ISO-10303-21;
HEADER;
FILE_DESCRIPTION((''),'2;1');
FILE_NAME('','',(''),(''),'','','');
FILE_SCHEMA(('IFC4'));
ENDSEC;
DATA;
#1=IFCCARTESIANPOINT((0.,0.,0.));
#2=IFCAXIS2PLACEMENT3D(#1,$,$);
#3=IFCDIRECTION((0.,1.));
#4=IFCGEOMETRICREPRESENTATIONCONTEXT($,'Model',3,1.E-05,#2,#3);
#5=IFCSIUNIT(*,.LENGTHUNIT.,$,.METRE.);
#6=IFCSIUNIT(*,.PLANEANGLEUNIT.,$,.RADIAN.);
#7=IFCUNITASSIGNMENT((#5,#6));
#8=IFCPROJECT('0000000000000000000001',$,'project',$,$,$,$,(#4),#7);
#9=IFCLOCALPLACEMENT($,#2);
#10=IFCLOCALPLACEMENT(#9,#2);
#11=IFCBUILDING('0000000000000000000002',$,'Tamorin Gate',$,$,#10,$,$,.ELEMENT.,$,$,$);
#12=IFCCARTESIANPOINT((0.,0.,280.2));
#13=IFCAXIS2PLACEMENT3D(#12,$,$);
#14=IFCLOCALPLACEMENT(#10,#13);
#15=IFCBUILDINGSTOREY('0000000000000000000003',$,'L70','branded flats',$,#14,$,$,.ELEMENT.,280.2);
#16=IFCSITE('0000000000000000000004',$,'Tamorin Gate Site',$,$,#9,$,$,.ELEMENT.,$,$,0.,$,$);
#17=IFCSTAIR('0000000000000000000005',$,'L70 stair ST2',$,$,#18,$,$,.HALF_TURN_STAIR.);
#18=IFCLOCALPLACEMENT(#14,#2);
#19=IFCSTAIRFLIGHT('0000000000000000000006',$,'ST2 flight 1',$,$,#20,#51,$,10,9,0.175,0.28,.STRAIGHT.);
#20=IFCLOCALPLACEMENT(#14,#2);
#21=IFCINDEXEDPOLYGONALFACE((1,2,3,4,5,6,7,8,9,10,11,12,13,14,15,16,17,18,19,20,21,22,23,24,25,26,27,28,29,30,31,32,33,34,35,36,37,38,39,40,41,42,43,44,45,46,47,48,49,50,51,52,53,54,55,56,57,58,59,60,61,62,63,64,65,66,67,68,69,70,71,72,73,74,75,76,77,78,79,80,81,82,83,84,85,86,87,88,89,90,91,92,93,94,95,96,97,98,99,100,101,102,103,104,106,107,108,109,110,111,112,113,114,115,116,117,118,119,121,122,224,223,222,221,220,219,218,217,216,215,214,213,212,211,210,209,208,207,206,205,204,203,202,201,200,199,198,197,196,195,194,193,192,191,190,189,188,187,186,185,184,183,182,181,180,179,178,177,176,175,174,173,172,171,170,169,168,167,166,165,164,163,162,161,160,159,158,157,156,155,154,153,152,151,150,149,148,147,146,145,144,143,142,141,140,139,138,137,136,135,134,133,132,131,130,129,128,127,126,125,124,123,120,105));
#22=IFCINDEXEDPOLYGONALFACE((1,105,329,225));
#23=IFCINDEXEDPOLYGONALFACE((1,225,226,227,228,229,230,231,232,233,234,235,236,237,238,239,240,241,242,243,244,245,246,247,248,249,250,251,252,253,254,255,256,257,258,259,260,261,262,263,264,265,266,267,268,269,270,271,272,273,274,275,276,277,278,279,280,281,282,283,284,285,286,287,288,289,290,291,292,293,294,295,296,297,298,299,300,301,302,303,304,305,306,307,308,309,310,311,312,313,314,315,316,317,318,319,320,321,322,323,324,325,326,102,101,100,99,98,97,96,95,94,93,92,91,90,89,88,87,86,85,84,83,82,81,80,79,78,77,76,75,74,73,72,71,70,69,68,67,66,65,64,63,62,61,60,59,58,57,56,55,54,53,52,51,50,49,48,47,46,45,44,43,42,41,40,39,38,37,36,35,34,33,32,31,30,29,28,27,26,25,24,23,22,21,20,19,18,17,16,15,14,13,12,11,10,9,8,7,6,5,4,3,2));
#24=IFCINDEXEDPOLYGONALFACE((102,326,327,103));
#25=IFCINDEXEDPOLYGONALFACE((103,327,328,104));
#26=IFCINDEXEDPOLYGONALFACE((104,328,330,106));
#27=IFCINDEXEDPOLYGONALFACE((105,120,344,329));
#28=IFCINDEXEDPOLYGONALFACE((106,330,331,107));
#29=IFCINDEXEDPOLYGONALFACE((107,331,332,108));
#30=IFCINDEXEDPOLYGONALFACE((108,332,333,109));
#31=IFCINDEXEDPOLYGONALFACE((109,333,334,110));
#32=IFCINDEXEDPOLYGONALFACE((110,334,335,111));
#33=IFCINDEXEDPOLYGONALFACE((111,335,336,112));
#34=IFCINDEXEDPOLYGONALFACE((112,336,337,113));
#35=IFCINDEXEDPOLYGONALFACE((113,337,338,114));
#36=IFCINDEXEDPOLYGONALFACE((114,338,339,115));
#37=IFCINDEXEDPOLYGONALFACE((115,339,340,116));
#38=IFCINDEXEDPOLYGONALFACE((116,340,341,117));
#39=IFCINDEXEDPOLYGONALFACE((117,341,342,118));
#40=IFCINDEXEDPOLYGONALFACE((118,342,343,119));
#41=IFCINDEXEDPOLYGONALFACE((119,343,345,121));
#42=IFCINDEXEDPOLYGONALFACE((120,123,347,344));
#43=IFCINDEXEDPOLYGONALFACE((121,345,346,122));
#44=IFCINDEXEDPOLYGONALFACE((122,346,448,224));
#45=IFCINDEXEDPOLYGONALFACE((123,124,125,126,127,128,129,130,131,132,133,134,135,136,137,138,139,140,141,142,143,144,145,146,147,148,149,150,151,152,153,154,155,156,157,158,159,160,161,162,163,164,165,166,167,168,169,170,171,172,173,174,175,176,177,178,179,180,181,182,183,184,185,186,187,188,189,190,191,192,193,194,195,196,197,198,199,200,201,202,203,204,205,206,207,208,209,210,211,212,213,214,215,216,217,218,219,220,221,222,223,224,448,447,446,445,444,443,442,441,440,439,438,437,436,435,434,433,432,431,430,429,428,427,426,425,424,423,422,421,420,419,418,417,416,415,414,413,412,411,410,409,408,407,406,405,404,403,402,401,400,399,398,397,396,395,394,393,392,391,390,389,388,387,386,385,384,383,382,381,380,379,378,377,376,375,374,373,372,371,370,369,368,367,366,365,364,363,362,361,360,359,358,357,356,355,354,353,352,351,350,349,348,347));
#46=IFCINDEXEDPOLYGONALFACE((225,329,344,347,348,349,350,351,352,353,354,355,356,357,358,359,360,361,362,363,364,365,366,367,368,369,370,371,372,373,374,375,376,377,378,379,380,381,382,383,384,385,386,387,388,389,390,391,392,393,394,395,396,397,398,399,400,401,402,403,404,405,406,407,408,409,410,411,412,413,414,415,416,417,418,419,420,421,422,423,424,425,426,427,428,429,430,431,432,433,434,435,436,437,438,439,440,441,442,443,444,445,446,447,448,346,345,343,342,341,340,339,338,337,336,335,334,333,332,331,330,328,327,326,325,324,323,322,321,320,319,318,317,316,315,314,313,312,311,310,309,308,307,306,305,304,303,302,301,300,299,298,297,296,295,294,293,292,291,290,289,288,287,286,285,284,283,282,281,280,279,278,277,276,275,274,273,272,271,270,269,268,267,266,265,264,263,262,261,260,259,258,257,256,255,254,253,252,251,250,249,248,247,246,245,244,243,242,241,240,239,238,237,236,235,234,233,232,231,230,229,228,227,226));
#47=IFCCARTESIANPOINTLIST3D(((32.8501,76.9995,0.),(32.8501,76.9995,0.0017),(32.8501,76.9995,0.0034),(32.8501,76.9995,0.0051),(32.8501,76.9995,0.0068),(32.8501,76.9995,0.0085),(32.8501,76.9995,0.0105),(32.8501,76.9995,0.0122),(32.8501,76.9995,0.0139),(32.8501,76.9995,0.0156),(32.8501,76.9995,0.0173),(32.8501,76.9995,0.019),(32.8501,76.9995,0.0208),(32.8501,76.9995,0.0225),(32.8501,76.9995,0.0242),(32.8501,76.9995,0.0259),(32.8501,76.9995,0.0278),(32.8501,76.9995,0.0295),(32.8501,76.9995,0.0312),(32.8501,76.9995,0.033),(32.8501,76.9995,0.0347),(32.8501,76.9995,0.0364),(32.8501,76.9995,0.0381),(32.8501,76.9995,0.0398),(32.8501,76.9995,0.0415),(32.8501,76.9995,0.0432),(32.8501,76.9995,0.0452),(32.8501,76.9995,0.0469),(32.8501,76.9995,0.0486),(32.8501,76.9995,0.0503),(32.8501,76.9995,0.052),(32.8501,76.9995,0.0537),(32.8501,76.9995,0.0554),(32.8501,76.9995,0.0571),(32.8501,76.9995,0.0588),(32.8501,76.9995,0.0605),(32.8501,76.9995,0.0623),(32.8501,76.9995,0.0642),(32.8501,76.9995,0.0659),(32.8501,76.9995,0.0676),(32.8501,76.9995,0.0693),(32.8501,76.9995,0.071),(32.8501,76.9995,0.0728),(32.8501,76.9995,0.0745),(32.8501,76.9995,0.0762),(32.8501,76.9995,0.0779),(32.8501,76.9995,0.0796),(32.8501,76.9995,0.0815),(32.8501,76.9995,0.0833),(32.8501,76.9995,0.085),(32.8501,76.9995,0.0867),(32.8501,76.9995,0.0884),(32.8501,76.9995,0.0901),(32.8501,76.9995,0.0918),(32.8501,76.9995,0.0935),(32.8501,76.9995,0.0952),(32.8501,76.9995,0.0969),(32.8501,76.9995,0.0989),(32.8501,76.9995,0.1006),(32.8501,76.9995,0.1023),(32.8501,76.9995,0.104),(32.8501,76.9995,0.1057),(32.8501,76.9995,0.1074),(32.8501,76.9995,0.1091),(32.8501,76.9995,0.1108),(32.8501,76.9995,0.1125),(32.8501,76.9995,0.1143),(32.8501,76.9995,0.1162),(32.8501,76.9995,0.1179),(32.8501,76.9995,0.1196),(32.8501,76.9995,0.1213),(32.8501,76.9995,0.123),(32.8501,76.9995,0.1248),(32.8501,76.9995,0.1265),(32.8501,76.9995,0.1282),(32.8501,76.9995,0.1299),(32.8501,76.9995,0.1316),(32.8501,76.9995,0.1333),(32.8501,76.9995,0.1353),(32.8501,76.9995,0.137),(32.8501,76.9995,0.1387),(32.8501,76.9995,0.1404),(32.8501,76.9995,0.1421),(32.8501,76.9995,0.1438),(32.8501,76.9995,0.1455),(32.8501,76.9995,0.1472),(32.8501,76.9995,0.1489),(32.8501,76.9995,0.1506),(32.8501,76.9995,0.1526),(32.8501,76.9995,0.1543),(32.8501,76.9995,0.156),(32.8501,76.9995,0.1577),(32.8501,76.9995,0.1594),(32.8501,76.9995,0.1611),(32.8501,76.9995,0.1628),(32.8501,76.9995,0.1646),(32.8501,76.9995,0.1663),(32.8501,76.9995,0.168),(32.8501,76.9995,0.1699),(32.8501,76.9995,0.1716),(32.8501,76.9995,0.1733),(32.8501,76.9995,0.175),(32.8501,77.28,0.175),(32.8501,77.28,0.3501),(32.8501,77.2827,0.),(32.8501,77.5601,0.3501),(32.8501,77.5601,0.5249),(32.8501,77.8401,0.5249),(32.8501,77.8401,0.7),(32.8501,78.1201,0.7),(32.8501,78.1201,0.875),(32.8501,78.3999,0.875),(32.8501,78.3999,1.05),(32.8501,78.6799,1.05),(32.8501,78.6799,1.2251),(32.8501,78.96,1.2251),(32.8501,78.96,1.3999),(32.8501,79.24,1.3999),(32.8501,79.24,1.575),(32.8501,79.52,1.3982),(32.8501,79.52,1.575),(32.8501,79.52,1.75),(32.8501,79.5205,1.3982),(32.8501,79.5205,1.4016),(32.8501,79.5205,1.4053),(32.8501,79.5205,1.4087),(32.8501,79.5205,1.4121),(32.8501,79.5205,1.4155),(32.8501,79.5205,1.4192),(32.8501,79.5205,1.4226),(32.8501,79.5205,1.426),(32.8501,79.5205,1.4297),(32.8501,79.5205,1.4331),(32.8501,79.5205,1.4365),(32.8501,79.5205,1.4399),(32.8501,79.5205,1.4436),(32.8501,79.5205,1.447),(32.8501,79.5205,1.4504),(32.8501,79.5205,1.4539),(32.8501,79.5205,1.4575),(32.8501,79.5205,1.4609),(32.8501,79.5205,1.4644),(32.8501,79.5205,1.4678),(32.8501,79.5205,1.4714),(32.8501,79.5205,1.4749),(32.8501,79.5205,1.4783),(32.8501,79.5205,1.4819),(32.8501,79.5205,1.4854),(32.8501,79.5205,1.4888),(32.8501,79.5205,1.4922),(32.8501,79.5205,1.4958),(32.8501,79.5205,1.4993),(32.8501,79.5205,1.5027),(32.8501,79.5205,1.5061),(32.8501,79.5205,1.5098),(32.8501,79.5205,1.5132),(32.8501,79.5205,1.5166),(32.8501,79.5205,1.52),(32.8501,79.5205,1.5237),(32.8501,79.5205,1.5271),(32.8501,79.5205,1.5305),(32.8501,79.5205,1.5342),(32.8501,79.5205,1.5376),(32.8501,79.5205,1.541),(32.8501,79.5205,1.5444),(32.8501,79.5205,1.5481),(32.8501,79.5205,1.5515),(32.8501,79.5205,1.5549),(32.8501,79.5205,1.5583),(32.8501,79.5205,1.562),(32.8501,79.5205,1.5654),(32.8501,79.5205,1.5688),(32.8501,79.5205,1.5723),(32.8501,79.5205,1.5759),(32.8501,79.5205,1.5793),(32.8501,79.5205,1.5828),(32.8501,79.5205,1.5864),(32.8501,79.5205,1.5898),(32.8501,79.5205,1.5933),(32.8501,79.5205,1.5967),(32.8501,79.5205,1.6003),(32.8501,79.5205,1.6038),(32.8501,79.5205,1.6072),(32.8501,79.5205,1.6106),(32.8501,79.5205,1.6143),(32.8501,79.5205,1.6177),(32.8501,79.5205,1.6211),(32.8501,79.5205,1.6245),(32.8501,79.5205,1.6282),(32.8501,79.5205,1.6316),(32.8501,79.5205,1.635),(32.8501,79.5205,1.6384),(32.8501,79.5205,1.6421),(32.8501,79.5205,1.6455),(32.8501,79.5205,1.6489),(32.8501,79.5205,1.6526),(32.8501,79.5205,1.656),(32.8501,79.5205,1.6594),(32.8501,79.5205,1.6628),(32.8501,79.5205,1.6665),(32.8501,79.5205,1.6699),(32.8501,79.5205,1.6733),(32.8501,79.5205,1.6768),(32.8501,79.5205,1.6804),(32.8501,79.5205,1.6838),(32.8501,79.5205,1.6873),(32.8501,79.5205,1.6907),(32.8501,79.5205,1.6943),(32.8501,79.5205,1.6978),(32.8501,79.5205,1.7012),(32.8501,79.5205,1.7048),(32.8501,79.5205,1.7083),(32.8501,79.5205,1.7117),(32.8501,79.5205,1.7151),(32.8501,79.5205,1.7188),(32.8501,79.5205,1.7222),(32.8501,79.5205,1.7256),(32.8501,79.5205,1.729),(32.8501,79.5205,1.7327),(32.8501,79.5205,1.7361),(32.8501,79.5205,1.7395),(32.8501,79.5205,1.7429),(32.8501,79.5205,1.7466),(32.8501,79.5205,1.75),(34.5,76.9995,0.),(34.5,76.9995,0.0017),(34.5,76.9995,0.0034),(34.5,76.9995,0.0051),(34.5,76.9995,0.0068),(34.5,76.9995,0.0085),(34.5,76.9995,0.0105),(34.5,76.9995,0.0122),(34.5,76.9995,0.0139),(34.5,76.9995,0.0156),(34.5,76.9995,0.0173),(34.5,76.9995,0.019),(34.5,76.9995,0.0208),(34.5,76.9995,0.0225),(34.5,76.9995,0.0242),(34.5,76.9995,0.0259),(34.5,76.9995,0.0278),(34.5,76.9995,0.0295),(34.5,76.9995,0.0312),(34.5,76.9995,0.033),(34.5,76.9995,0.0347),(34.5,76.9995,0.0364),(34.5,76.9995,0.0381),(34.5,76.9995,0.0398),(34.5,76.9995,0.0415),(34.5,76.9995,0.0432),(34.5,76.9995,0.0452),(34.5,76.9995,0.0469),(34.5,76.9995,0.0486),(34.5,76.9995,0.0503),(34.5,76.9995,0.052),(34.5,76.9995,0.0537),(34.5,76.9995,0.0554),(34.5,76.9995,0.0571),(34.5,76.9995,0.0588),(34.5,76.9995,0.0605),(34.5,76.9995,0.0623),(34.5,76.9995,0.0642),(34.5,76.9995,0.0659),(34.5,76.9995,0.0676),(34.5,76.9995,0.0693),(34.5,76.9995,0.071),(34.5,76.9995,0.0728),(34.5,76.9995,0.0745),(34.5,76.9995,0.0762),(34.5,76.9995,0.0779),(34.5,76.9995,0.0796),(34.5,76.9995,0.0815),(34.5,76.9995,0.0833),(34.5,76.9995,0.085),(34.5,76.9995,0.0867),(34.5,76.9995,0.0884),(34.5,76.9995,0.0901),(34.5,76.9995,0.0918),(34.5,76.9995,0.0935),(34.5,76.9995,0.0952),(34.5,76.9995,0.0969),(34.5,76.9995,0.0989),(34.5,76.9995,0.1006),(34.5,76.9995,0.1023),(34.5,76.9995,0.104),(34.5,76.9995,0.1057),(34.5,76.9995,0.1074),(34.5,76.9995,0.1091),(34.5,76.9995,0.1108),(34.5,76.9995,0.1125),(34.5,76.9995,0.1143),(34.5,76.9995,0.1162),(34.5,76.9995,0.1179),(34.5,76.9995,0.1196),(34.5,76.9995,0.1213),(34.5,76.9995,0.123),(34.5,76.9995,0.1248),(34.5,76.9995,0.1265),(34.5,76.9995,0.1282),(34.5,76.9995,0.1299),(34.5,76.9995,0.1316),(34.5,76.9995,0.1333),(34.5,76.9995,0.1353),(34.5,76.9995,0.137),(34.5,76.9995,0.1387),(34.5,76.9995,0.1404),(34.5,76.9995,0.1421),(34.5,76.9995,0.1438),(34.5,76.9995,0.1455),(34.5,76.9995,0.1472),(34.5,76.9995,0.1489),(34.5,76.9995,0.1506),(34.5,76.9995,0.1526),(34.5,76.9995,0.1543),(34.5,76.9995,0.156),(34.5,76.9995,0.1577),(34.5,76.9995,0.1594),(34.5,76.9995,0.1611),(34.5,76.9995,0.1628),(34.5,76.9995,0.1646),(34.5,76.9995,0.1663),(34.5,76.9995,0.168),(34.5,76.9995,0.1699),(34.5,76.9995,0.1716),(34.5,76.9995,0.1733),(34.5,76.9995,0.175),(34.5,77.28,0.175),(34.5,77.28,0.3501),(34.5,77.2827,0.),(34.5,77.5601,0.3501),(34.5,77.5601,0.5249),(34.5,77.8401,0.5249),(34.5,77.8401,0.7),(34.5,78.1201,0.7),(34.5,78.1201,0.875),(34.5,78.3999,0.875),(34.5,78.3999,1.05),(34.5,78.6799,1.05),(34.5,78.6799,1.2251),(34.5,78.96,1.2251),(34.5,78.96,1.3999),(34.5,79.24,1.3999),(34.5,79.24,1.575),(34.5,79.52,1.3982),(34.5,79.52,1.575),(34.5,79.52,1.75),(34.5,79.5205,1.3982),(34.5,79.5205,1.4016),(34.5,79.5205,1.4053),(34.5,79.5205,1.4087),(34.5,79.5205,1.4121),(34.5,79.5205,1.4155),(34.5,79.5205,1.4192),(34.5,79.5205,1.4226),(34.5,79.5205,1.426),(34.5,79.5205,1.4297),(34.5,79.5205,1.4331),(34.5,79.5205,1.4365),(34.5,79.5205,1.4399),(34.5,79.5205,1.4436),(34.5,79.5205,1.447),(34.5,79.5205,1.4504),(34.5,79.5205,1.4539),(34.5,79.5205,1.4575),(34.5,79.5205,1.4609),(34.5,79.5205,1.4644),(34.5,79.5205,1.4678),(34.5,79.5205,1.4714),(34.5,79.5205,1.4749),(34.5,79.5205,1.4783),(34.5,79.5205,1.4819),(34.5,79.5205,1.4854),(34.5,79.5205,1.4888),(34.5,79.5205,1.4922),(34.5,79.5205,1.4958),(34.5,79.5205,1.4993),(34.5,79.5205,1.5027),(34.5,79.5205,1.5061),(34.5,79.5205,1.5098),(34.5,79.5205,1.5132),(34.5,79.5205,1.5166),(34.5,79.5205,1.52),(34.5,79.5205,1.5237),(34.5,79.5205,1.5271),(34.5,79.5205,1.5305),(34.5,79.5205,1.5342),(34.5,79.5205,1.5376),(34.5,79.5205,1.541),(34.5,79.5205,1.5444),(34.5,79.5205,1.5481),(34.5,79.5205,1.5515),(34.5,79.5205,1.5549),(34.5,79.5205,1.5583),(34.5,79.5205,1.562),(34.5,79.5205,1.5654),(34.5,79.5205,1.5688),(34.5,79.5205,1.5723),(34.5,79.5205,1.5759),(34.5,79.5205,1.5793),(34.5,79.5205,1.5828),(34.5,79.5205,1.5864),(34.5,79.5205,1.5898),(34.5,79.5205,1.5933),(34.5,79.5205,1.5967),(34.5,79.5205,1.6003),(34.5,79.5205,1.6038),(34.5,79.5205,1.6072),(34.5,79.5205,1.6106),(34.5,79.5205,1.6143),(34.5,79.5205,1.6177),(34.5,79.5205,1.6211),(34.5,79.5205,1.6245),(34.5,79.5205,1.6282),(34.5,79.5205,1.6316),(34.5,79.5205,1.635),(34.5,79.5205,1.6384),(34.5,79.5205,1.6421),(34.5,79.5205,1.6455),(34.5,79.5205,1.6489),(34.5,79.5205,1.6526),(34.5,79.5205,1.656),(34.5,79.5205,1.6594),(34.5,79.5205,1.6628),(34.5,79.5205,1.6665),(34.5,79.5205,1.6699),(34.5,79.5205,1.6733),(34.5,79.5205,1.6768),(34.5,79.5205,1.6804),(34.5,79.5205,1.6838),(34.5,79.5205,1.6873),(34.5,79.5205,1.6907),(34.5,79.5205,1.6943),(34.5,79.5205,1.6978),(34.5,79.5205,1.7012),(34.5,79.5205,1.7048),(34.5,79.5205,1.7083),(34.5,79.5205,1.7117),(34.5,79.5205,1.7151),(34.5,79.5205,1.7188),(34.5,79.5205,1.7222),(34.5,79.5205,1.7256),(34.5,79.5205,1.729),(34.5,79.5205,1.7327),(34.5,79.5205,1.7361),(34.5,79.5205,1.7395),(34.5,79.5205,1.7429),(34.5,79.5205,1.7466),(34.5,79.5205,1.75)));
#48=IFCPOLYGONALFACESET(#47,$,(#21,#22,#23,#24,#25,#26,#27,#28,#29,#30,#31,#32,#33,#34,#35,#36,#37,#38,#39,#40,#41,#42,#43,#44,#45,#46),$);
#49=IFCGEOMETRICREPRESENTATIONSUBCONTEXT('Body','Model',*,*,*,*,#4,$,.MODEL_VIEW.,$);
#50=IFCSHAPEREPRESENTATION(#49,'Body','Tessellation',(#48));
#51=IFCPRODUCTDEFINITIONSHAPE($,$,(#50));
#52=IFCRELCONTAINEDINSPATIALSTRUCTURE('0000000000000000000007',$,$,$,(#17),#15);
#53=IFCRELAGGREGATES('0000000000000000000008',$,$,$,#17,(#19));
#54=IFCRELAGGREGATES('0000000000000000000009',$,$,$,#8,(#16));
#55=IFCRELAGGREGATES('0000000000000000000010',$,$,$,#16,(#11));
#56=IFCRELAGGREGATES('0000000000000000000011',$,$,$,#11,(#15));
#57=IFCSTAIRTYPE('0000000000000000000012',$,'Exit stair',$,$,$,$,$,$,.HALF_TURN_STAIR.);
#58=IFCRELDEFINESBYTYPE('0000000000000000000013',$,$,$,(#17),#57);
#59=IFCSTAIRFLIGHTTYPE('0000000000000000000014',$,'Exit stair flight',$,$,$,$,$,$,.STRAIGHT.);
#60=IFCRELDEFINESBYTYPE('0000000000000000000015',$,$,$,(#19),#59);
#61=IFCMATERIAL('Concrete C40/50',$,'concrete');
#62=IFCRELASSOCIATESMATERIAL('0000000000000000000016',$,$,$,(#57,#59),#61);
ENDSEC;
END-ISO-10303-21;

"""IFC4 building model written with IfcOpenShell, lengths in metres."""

from ifc_helpers import new_model, si_unit, direction, frame, origin, place, context, subcontext, project, spatial, polyline, outline, extrude, material, type_object, element, aggregate, save


model = new_model("IFC4")

# Units and contexts
model_context = context("Model", 3, precision=1e-05, world=origin(), true_north=direction((0.0, 1.0)))
body_context = subcontext(model_context, "Body", "Model", "MODEL_VIEW")
ifc_project = project(units=[si_unit("LENGTHUNIT", "METRE"), si_unit("PLANEANGLEUNIT", "RADIAN")], contexts=[model_context])

# Site, building, storey
site_placement = place(None, origin())
site = spatial("IfcSite", under=ifc_project, at=site_placement, Name="Tamorin Gate Site", CompositionType="ELEMENT", RefElevation=0.0)
building_placement = place(site_placement, origin())
building = spatial("IfcBuilding", under=site, at=building_placement, Name="Tamorin Gate", CompositionType="ELEMENT")
storey_placement = place(building_placement, frame((0.0, 0.0, 280.2)))
storey = spatial("IfcBuildingStorey", under=building, at=storey_placement, Name="L70", Description="branded flats", CompositionType="ELEMENT", Elevation=280.2)

# Shared definitions
ifc_material_1 = material(Name="Concrete C40/50", Category="concrete")

# Shared definitions
stair_type = type_object("IfcStairType", Name="Exit stair", PredefinedType="HALF_TURN_STAIR", material=ifc_material_1)
stair_flight_type = type_object("IfcStairFlightType", Name="Exit stair flight", PredefinedType="STRAIGHT", material=ifc_material_1)

# Stair, stair flight
stair_1_placement = place(storey_placement, origin())
stair_1 = element("IfcStair", 1, at=stair_1_placement, inside=storey, type_object=stair_type, Name="L70 stair ST2", PredefinedType="HALF_TURN_STAIR")
stair_flight_1_placement = place(storey_placement, frame((33.675, 77.0, 0.0), z_axis=(0.0, 0.0, 1.0), x_axis=(0.0, 1.0, 0.0)))
stair_flight_1 = element("IfcStairFlight", 2, at=stair_flight_1_placement, type_object=stair_flight_type, Name="ST2 flight 1", NumberOfRisers=10, NumberOfTreads=9, PredefinedType="STRAIGHT", RiserHeight=0.175, TreadLength=0.28, context=body_context, shape_type="SweptSolid", body=[
    extrude(outline(polyline([(-0.0005, 0.0), (-0.0005, 0.0017), (-0.0005, 0.0034), (-0.0005, 0.0051), (-0.0005, 0.0068), (-0.0005, 0.0085), (-0.0005, 0.0105), (-0.0005, 0.0122), (-0.0005, 0.0139), (-0.0005, 0.0156), (-0.0005, 0.0173), (-0.0005, 0.019), (-0.0005, 0.0208), (-0.0005, 0.0225), (-0.0005, 0.0242), (-0.0005, 0.0259), (-0.0005, 0.0278), (-0.0005, 0.0295), (-0.0005, 0.0312), (-0.0005, 0.033), (-0.0005, 0.0347), (-0.0005, 0.0364), (-0.0005, 0.0381), (-0.0005, 0.0398), (-0.0005, 0.0415), (-0.0005, 0.0432), (-0.0005, 0.0452), (-0.0005, 0.0469), (-0.0005, 0.0486), (-0.0005, 0.0503), (-0.0005, 0.052), (-0.0005, 0.0537), (-0.0005, 0.0554), (-0.0005, 0.0571), (-0.0005, 0.0588), (-0.0005, 0.0605), (-0.0005, 0.0623), (-0.0005, 0.0642), (-0.0005, 0.0659), (-0.0005, 0.0676), (-0.0005, 0.0693), (-0.0005, 0.071), (-0.0005, 0.0728), (-0.0005, 0.0745), (-0.0005, 0.0762), (-0.0005, 0.0779), (-0.0005, 0.0796), (-0.0005, 0.0815), (-0.0005, 0.0833), (-0.0005, 0.085), (-0.0005, 0.0867), (-0.0005, 0.0884), (-0.0005, 0.0901), (-0.0005, 0.0918), (-0.0005, 0.0935), (-0.0005, 0.0952), (-0.0005, 0.0969), (-0.0005, 0.0989), (-0.0005, 0.1006), (-0.0005, 0.1023), (-0.0005, 0.104), (-0.0005, 0.1057), (-0.0005, 0.1074), (-0.0005, 0.1091), (-0.0005, 0.1108), (-0.0005, 0.1125), (-0.0005, 0.1143), (-0.0005, 0.1162), (-0.0005, 0.1179), (-0.0005, 0.1196), (-0.0005, 0.1213), (-0.0005, 0.123), (-0.0005, 0.1248), (-0.0005, 0.1265), (-0.0005, 0.1282), (-0.0005, 0.1299), (-0.0005, 0.1316), (-0.0005, 0.1333), (-0.0005, 0.1353), (-0.0005, 0.137), (-0.0005, 0.1387), (-0.0005, 0.1404), (-0.0005, 0.1421), (-0.0005, 0.1438), (-0.0005, 0.1455), (-0.0005, 0.1472), (-0.0005, 0.1489), (-0.0005, 0.1506), (-0.0005, 0.1526), (-0.0005, 0.1543), (-0.0005, 0.156), (-0.0005, 0.1577), (-0.0005, 0.1594), (-0.0005, 0.1611), (-0.0005, 0.1628), (-0.0005, 0.1646), (-0.0005, 0.1663), (-0.0005, 0.168), (-0.0005, 0.1699), (-0.0005, 0.1716), (-0.0005, 0.1733), (-0.0005, 0.175), (0.28, 0.175), (0.28, 0.3501), (0.5601, 0.3501), (0.5601, 0.5249), (0.8401, 0.5249), (0.8401, 0.7), (1.1201, 0.7), (1.1201, 0.875), (1.3999, 0.875), (1.3999, 1.05), (1.6799, 1.05), (1.6799, 1.2251), (1.96, 1.2251), (1.96, 1.3999), (2.24, 1.3999), (2.24, 1.575), (2.52, 1.575), (2.52, 1.75), (2.5205, 1.75), (2.5205, 1.7466), (2.5205, 1.7429), (2.5205, 1.7395), (2.5205, 1.7361), (2.5205, 1.7327), (2.5205, 1.729), (2.5205, 1.7256), (2.5205, 1.7222), (2.5205, 1.7188), (2.5205, 1.7151), (2.5205, 1.7117), (2.5205, 1.7083), (2.5205, 1.7048), (2.5205, 1.7012), (2.5205, 1.6978), (2.5205, 1.6943), (2.5205, 1.6907), (2.5205, 1.6873), (2.5205, 1.6838), (2.5205, 1.6804), (2.5205, 1.6768), (2.5205, 1.6733), (2.5205, 1.6699), (2.5205, 1.6665), (2.5205, 1.6628), (2.5205, 1.6594), (2.5205, 1.656), (2.5205, 1.6526), (2.5205, 1.6489), (2.5205, 1.6455), (2.5205, 1.6421), (2.5205, 1.6384), (2.5205, 1.635), (2.5205, 1.6316), (2.5205, 1.6282), (2.5205, 1.6245), (2.5205, 1.6211), (2.5205, 1.6177), (2.5205, 1.6143), (2.5205, 1.6106), (2.5205, 1.6072), (2.5205, 1.6038), (2.5205, 1.6003), (2.5205, 1.5967), (2.5205, 1.5933), (2.5205, 1.5898), (2.5205, 1.5864), (2.5205, 1.5828), (2.5205, 1.5793), (2.5205, 1.5759), (2.5205, 1.5723), (2.5205, 1.5688), (2.5205, 1.5654), (2.5205, 1.562), (2.5205, 1.5583), (2.5205, 1.5549), (2.5205, 1.5515), (2.5205, 1.5481), (2.5205, 1.5444), (2.5205, 1.541), (2.5205, 1.5376), (2.5205, 1.5342), (2.5205, 1.5305), (2.5205, 1.5271), (2.5205, 1.5237), (2.5205, 1.52), (2.5205, 1.5166), (2.5205, 1.5132), (2.5205, 1.5098), (2.5205, 1.5061), (2.5205, 1.5027), (2.5205, 1.4993), (2.5205, 1.4958), (2.5205, 1.4922), (2.5205, 1.4888), (2.5205, 1.4854), (2.5205, 1.4819), (2.5205, 1.4783), (2.5205, 1.4749), (2.5205, 1.4714), (2.5205, 1.4678), (2.5205, 1.4644), (2.5205, 1.4609), (2.5205, 1.4575), (2.5205, 1.4539), (2.5205, 1.4504), (2.5205, 1.447), (2.5205, 1.4436), (2.5205, 1.4399), (2.5205, 1.4365), (2.5205, 1.4331), (2.5205, 1.4297), (2.5205, 1.426), (2.5205, 1.4226), (2.5205, 1.4192), (2.5205, 1.4155), (2.5205, 1.4121), (2.5205, 1.4087), (2.5205, 1.4053), (2.5205, 1.4016), (2.5205, 1.3982), (2.52, 1.3982), (0.2827, 0.0), (-0.0005, 0.0)])), frame((0.0, 0.825, 0.0), z_axis=(0.0, -1.0, 0.0), x_axis=(1.0, 0.0, 0.0)), (0.0, 0.0, 1.0), 1.6499),
])
aggregate(stair_1, [stair_flight_1])

save(model, "model.ifc")
